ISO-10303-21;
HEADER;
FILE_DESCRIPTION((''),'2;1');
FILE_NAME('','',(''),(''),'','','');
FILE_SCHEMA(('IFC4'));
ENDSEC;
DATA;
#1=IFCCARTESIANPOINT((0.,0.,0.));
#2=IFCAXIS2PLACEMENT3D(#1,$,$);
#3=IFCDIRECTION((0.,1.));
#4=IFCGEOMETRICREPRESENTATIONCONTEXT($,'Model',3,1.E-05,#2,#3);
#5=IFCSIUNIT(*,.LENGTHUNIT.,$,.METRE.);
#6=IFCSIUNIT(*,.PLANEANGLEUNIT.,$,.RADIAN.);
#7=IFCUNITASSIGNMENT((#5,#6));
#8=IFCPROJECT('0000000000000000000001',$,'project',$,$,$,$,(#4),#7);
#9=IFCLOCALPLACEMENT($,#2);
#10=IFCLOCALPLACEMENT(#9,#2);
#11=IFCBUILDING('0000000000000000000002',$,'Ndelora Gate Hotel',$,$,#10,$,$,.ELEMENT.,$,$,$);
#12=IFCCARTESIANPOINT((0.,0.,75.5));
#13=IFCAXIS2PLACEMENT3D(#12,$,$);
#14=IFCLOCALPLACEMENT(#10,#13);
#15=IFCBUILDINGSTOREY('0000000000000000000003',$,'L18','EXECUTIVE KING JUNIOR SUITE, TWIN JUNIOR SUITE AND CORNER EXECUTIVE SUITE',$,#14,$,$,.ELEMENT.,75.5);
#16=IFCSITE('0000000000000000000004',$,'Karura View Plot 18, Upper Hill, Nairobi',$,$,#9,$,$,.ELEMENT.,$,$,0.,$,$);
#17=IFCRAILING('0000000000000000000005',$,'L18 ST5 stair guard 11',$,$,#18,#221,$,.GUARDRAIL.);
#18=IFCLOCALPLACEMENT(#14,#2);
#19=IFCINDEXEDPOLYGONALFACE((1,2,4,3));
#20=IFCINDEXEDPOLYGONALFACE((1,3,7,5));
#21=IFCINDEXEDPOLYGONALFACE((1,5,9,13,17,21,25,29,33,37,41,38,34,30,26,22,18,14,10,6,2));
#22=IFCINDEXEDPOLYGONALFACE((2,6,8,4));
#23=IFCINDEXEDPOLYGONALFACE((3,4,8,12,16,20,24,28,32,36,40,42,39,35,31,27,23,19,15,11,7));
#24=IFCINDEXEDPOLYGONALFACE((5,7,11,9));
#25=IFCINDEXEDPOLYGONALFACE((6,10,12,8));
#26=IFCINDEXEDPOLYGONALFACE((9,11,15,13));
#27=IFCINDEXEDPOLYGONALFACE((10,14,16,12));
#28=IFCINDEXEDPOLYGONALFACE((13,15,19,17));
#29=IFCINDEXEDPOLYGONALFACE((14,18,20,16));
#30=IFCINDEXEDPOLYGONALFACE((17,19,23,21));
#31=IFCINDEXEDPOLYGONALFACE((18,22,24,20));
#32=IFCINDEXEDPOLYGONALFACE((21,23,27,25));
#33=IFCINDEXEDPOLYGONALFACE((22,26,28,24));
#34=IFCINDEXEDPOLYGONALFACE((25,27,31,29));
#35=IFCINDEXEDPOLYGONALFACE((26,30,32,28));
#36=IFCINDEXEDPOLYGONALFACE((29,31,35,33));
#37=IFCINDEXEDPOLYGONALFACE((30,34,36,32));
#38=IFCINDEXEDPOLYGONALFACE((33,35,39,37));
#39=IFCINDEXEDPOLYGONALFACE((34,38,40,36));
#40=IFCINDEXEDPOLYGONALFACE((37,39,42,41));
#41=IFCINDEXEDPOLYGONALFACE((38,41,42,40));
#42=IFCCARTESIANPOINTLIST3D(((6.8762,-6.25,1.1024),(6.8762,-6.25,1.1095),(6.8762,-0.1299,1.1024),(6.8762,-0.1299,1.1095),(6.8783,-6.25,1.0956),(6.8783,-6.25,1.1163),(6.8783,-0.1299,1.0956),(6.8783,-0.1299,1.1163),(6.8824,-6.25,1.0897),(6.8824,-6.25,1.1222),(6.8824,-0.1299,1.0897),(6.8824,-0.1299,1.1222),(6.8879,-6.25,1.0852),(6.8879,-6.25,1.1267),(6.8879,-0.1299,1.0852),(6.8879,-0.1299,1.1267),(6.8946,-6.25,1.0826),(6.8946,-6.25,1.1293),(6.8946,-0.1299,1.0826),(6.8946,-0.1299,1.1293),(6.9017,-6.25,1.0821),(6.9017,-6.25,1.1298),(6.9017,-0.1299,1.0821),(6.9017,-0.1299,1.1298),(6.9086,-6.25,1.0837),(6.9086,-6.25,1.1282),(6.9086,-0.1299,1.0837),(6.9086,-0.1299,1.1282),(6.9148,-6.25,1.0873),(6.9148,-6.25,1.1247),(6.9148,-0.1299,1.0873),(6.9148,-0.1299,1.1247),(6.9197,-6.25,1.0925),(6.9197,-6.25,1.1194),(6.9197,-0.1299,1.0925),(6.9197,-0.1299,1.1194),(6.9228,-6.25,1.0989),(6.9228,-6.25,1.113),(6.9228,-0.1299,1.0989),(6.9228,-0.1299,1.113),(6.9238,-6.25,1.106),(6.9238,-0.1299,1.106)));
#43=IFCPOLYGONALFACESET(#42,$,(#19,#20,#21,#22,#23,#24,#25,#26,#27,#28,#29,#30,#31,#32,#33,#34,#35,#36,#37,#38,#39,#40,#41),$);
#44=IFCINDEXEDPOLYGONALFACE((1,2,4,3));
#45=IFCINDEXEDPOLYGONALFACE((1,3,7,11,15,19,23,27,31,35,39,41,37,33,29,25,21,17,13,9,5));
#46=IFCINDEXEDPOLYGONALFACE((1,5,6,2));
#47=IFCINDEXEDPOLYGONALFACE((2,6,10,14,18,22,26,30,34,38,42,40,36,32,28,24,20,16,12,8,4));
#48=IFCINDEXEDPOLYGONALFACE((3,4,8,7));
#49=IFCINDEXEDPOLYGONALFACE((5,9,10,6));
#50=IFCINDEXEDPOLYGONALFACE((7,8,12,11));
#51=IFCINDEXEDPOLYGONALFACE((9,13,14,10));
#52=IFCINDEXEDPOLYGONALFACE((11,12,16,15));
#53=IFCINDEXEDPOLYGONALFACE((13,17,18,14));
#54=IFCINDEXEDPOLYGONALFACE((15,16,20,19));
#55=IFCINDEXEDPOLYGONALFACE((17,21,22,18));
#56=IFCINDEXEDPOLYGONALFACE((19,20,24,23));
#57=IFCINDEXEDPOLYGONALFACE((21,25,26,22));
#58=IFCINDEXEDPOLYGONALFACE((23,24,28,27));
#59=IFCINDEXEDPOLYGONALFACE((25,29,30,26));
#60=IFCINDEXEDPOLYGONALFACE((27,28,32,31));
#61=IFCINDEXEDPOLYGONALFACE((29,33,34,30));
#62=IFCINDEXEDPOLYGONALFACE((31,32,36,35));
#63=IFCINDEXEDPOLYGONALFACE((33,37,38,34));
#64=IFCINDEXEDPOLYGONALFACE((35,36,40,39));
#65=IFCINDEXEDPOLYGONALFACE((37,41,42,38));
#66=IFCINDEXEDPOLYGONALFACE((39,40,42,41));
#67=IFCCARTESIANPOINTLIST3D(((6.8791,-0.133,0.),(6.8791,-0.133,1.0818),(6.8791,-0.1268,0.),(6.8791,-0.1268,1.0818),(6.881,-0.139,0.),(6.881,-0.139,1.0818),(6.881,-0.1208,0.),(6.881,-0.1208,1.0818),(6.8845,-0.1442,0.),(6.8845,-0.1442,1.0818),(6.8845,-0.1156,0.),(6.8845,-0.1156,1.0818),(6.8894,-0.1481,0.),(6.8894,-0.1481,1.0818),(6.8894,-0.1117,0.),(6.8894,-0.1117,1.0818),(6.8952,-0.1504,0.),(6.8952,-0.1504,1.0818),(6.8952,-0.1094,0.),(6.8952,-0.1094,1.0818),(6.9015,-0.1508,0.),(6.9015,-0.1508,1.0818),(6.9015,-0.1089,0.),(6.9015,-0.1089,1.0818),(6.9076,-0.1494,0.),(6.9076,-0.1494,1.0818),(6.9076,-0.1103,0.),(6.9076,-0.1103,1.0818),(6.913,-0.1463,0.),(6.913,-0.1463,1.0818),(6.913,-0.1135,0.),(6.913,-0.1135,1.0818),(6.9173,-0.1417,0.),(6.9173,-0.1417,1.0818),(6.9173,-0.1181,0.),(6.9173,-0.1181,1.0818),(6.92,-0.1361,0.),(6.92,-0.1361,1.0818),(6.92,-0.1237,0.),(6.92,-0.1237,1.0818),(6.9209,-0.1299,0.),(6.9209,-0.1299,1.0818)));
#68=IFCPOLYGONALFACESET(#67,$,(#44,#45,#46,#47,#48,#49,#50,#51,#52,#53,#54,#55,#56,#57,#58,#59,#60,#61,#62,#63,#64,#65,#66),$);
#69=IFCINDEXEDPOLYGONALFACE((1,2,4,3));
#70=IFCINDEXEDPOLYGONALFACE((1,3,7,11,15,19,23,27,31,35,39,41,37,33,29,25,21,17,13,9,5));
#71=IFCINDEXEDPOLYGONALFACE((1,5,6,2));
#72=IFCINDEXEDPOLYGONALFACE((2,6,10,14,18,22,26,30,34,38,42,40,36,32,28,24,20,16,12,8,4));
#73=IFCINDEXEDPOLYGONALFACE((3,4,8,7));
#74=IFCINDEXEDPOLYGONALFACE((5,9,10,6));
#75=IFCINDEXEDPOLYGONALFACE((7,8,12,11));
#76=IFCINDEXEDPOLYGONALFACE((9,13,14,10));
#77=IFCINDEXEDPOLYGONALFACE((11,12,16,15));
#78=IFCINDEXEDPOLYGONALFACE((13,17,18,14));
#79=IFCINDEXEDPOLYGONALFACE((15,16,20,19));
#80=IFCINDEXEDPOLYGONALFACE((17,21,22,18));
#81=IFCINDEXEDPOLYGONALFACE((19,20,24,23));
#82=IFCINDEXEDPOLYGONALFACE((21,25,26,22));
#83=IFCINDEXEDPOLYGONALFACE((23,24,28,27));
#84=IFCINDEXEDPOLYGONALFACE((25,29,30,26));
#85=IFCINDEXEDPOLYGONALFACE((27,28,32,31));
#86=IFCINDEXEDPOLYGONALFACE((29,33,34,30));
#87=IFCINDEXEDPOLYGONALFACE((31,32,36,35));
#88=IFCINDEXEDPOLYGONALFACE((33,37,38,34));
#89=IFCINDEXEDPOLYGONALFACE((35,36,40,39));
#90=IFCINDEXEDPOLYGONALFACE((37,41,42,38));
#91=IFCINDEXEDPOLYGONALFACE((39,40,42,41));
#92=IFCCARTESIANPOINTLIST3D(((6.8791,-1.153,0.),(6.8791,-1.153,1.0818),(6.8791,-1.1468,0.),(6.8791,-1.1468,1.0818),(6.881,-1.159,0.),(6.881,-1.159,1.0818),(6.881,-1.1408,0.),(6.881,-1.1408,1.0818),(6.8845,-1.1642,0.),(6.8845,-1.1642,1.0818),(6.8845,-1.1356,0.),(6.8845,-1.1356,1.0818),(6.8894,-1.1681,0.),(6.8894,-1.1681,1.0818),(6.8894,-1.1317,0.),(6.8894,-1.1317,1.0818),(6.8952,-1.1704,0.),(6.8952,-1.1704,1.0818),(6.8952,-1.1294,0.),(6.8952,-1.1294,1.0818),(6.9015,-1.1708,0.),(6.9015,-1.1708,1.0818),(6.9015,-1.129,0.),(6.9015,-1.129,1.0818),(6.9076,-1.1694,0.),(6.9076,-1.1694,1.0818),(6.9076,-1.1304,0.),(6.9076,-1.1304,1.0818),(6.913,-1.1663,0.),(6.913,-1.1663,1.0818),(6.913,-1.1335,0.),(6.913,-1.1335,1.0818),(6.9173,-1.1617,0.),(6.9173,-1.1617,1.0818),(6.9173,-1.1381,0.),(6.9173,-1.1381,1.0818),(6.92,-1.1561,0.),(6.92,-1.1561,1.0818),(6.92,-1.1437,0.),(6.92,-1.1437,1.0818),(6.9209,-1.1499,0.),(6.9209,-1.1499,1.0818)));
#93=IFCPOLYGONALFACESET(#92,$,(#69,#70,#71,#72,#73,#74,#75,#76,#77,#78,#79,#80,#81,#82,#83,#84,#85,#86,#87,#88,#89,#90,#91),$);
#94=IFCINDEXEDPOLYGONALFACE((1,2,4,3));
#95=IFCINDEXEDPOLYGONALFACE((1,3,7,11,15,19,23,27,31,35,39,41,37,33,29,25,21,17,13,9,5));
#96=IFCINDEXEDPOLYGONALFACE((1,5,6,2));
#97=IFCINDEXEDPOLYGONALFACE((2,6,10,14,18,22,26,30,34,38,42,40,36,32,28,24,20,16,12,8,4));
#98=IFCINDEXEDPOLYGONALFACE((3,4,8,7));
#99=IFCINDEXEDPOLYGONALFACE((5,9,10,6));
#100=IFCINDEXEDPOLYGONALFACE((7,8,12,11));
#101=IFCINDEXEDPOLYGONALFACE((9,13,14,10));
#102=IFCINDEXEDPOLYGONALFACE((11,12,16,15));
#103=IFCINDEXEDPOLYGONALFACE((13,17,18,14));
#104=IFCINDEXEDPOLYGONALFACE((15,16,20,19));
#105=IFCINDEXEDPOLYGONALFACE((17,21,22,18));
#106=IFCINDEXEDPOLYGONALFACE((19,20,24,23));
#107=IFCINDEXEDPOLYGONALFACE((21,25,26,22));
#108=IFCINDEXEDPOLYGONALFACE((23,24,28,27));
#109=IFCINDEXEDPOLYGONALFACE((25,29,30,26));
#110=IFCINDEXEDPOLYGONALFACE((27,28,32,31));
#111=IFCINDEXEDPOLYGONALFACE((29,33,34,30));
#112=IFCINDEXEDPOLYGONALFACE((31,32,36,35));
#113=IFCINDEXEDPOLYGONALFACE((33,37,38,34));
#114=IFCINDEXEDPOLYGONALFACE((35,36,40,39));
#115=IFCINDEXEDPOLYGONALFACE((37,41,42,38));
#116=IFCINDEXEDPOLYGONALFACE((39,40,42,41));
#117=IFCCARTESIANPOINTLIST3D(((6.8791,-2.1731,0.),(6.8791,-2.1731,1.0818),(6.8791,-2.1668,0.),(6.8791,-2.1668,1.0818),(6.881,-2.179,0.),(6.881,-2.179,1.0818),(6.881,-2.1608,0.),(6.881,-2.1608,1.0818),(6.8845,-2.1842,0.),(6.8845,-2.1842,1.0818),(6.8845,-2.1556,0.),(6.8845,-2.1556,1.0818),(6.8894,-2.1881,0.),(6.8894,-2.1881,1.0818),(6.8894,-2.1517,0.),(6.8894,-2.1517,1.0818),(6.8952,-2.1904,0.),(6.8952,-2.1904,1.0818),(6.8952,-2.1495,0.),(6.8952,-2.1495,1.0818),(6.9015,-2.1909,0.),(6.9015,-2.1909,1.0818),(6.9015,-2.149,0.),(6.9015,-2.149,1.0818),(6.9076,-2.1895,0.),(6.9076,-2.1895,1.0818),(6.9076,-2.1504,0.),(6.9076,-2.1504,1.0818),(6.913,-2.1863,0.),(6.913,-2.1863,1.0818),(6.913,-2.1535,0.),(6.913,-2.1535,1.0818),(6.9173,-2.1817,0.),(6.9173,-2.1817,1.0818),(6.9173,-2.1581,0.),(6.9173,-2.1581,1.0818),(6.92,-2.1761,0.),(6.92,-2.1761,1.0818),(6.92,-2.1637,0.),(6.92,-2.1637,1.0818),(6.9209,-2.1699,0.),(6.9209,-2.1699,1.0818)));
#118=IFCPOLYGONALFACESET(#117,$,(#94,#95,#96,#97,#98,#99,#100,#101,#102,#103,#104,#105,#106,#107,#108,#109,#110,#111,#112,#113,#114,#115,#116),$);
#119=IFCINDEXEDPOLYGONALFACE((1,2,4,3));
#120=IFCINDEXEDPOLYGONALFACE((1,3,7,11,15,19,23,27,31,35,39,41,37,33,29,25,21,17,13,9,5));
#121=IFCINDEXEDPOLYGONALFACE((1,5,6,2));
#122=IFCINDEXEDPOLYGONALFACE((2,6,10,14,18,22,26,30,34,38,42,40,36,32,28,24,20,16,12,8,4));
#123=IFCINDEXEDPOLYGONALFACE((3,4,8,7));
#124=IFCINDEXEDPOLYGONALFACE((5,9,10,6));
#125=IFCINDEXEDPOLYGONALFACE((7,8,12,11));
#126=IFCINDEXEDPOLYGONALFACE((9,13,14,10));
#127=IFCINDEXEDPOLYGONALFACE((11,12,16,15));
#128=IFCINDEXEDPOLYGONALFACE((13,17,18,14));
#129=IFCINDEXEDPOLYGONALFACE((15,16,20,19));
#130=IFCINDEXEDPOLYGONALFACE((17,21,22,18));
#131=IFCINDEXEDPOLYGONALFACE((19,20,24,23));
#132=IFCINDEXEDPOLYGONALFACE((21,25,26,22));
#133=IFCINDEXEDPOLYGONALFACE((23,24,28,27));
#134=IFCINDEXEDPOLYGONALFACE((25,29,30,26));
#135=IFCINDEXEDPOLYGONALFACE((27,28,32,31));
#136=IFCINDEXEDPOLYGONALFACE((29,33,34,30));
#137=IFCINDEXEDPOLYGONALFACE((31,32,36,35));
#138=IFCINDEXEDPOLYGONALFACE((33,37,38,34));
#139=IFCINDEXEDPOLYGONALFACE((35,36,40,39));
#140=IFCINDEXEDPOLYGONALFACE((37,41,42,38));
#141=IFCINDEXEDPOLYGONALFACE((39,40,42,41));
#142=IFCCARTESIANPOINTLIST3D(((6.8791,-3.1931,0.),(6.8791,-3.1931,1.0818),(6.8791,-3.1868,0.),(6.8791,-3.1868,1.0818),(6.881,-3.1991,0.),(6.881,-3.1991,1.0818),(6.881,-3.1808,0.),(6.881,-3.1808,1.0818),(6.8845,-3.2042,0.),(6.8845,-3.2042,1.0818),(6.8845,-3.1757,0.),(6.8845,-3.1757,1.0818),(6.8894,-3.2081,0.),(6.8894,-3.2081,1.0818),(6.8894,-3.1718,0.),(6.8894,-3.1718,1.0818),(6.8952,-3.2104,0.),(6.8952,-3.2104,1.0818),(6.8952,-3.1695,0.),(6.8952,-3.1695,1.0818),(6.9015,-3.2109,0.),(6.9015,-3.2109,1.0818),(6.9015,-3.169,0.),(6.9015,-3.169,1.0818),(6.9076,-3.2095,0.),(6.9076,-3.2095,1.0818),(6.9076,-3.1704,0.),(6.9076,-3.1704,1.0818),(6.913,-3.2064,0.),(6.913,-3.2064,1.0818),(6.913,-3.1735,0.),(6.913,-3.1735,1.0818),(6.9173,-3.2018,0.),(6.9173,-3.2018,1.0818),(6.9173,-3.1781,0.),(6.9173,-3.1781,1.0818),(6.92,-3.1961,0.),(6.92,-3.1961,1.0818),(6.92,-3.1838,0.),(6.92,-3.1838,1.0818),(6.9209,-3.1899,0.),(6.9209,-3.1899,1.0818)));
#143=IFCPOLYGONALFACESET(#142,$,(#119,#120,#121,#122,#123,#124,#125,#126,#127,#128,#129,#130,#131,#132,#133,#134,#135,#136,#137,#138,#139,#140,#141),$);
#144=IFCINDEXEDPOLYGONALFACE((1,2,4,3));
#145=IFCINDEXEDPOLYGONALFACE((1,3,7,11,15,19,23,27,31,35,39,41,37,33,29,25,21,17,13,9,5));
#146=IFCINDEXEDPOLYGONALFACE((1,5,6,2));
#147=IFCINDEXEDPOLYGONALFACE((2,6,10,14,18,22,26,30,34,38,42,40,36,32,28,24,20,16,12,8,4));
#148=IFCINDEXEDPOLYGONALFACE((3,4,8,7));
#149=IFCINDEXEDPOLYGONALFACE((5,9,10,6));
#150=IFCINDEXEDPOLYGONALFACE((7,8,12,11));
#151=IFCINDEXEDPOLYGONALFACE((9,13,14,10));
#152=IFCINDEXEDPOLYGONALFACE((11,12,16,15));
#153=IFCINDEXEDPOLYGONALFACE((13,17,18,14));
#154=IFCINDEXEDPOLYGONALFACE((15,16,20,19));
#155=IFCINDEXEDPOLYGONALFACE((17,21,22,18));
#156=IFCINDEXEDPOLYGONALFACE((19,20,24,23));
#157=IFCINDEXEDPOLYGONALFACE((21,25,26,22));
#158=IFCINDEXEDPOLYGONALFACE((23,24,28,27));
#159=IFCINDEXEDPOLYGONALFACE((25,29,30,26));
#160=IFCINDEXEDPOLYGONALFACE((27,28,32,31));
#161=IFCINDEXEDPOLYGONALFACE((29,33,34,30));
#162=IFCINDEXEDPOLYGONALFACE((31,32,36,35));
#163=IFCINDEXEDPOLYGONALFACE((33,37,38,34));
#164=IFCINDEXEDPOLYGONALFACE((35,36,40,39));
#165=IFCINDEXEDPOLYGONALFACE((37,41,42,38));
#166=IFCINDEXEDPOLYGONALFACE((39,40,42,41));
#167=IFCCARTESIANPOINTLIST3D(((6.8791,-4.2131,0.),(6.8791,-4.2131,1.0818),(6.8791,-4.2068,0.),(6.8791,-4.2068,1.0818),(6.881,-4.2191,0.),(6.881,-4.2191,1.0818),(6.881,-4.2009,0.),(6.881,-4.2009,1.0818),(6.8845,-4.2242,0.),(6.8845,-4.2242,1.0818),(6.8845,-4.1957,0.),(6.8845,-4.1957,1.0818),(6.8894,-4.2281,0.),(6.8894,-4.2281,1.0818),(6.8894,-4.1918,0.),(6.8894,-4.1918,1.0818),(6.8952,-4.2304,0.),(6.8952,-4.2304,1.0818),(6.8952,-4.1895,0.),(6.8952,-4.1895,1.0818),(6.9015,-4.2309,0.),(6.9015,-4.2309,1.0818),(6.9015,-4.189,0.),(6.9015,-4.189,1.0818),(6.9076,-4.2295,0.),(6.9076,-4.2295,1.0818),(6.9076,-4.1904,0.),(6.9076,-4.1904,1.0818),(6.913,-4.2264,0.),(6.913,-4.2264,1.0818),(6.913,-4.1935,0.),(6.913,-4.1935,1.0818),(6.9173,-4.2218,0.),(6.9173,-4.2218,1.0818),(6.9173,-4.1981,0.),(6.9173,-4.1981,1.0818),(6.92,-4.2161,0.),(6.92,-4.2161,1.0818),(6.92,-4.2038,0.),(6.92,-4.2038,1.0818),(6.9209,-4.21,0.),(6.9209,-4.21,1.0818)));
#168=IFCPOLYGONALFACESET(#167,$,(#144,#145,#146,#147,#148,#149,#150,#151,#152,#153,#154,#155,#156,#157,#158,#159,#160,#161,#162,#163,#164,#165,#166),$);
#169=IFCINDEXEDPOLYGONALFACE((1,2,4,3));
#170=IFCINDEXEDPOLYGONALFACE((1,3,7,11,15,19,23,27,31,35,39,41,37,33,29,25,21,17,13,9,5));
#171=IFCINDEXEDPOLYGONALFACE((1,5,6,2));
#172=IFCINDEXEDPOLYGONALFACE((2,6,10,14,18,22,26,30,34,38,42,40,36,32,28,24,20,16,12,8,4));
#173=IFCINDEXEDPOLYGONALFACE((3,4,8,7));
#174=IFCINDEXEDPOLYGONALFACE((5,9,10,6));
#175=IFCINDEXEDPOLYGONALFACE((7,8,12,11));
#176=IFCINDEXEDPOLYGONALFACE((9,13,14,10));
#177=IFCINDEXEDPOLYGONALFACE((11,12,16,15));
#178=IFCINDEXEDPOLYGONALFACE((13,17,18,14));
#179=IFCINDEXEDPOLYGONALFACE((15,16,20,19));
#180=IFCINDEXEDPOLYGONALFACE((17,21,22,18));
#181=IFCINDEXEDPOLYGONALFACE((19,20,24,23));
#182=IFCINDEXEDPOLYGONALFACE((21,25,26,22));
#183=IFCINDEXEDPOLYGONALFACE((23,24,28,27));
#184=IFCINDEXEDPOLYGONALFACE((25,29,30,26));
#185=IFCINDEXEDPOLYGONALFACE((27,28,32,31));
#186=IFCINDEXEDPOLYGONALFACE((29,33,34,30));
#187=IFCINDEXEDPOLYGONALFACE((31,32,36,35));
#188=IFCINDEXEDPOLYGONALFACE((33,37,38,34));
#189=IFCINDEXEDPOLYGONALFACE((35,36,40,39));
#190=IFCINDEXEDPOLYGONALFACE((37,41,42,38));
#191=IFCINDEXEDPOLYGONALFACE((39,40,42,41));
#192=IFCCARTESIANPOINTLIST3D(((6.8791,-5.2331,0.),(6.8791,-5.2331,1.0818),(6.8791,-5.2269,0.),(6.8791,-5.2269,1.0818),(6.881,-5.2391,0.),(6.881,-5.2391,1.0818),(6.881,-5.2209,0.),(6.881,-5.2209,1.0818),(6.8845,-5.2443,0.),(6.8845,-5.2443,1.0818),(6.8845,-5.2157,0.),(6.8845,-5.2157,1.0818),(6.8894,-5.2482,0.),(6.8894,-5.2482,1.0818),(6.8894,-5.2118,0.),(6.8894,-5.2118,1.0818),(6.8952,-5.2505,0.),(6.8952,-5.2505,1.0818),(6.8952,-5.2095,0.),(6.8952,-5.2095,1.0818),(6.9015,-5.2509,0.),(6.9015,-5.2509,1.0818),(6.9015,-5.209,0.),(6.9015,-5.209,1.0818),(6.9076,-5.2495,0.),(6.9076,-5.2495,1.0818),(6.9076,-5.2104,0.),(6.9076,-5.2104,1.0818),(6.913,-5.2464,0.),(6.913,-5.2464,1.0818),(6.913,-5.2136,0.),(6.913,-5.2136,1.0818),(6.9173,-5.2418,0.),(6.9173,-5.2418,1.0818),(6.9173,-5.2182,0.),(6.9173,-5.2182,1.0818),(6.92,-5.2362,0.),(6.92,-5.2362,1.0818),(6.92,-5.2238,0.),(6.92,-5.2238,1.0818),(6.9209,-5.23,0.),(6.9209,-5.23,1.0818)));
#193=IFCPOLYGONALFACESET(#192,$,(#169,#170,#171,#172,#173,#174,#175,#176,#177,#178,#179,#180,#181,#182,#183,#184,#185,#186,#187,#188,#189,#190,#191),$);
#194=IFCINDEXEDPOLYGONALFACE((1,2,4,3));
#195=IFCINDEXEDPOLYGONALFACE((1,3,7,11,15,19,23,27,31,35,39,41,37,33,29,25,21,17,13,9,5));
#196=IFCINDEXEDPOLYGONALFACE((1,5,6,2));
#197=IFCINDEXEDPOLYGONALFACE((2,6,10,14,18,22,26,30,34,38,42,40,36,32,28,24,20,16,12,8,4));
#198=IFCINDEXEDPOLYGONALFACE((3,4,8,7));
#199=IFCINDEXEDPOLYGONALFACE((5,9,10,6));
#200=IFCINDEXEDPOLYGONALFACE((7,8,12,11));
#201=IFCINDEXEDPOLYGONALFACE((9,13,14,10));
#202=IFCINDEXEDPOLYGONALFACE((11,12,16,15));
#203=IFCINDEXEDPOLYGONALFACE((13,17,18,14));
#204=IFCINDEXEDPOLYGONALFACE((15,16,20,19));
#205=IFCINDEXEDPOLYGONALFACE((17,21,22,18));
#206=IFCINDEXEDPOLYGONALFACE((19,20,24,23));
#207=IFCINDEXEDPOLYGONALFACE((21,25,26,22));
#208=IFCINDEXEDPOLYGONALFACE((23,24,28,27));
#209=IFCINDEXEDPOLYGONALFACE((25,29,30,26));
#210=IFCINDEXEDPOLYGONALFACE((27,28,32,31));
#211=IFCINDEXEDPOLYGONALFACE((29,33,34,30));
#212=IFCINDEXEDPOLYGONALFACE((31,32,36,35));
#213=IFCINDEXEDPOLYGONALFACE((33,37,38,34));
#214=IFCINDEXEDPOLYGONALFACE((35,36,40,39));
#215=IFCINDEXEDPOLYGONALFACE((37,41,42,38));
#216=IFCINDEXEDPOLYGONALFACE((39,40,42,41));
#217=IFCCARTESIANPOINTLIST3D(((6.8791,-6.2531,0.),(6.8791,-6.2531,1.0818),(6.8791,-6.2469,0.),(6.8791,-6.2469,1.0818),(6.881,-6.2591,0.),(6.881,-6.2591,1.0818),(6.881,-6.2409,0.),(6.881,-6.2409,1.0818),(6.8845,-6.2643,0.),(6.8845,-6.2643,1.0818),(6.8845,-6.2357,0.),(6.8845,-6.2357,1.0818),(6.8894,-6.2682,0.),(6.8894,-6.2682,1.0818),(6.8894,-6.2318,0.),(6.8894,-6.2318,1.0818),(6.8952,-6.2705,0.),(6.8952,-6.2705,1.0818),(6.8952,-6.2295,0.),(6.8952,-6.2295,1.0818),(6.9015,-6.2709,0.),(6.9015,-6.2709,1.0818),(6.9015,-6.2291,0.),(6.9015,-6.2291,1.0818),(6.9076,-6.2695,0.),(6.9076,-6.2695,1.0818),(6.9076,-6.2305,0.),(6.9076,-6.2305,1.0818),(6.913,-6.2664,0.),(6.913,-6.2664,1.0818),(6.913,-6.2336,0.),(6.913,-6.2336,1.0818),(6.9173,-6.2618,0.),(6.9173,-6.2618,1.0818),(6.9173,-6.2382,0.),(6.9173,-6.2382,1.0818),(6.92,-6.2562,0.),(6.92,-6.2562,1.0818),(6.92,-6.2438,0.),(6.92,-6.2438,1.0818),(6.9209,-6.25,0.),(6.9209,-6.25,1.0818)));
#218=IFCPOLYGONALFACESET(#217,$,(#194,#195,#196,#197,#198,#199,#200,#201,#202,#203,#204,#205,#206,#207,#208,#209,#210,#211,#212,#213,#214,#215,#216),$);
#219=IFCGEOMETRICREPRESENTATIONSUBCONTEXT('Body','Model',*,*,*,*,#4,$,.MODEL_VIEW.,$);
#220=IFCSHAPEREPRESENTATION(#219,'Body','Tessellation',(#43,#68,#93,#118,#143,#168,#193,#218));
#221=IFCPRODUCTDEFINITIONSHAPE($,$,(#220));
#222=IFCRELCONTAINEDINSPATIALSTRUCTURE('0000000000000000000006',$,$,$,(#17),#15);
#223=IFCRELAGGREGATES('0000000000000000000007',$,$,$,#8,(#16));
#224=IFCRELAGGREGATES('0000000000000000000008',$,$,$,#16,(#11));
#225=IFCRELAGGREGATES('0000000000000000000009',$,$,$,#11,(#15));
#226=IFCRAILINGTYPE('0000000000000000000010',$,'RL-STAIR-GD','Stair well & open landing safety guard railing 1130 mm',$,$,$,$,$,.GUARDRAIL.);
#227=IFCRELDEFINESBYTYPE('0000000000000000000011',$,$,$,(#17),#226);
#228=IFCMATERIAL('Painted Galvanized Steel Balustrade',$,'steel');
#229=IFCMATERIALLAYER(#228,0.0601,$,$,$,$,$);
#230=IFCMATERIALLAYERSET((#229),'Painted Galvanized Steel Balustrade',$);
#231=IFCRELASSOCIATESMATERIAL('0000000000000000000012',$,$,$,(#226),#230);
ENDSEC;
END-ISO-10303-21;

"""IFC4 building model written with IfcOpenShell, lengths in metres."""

from ifc_helpers import new_model, si_unit, direction, frame, origin, origin_2d, place, context, subcontext, project, spatial, circle, extrude, material, layer, layer_set, type_object, element, save


model = new_model("IFC4")

# Units and contexts
model_context = context("Model", 3, precision=1e-05, world=origin(), true_north=direction((0.0, 1.0)))
body_context = subcontext(model_context, "Body", "Model", "MODEL_VIEW")
ifc_project = project(units=[si_unit("LENGTHUNIT", "METRE"), si_unit("PLANEANGLEUNIT", "RADIAN")], contexts=[model_context])

# Site, building, storey
site_placement = place(None, origin())
site = spatial("IfcSite", under=ifc_project, at=site_placement, Name="Karura View Plot 18, Upper Hill, Nairobi", CompositionType="ELEMENT", RefElevation=0.0)
building_placement = place(site_placement, origin())
building = spatial("IfcBuilding", under=site, at=building_placement, Name="Ndelora Gate Hotel", CompositionType="ELEMENT")
storey_placement = place(building_placement, frame((0.0, 0.0, 75.5)))
storey = spatial("IfcBuildingStorey", under=building, at=storey_placement, Name="L18", Description="EXECUTIVE KING JUNIOR SUITE, TWIN JUNIOR SUITE AND CORNER EXECUTIVE SUITE", CompositionType="ELEMENT", Elevation=75.5)

# Railing
ifc_material_1 = material(Name="Painted Galvanized Steel Balustrade", Category="steel")
ifc_layer_1 = layer(ifc_material_1, 0.0601)
ifc_layer_set_1 = layer_set([ifc_layer_1], Name="Painted Galvanized Steel Balustrade")
railing_type_1 = type_object("IfcRailingType", Name="RL-STAIR-GD", Description="Stair well & open landing safety guard railing 1130 mm", PredefinedType="GUARDRAIL", material=ifc_layer_set_1)
railing_1_placement = place(storey_placement, frame((6.8999, -0.1299, 0.0)))
element("IfcRailing", 1, at=railing_1_placement, inside=storey, type_object=railing_type_1, Name="L18 ST5 stair guard 11", PredefinedType="GUARDRAIL", context=body_context, shape_type="SweptSolid", body=[
    extrude(circle(Radius=0.0239, at=origin_2d()), frame((0.0, 0.0, 1.106), z_axis=(0.0, -1.0, 0.0), x_axis=(1.0, 0.0, 0.0)), (0.0, 0.0, 1.0), 6.1201),
    extrude(circle(Radius=0.021, at=origin_2d()), origin(), (0.0, 0.0, 1.0), 1.0818),
    extrude(circle(Radius=0.021, at=origin_2d()), frame((0.0, -1.02, 0.0)), (0.0, 0.0, 1.0), 1.0818),
    extrude(circle(Radius=0.021, at=origin_2d()), frame((0.0, -2.04, 0.0)), (0.0, 0.0, 1.0), 1.0818),
    extrude(circle(Radius=0.021, at=origin_2d()), frame((0.0, -3.0601, 0.0)), (0.0, 0.0, 1.0), 1.0818),
    extrude(circle(Radius=0.021, at=origin_2d()), frame((0.0, -4.0801, 0.0)), (0.0, 0.0, 1.0), 1.0818),
    extrude(circle(Radius=0.021, at=origin_2d()), frame((0.0, -5.1001, 0.0)), (0.0, 0.0, 1.0), 1.0818),
    extrude(circle(Radius=0.021, at=origin_2d()), frame((0.0, -6.1201, 0.0)), (0.0, 0.0, 1.0), 1.0818),
])

save(model, "model.ifc")
